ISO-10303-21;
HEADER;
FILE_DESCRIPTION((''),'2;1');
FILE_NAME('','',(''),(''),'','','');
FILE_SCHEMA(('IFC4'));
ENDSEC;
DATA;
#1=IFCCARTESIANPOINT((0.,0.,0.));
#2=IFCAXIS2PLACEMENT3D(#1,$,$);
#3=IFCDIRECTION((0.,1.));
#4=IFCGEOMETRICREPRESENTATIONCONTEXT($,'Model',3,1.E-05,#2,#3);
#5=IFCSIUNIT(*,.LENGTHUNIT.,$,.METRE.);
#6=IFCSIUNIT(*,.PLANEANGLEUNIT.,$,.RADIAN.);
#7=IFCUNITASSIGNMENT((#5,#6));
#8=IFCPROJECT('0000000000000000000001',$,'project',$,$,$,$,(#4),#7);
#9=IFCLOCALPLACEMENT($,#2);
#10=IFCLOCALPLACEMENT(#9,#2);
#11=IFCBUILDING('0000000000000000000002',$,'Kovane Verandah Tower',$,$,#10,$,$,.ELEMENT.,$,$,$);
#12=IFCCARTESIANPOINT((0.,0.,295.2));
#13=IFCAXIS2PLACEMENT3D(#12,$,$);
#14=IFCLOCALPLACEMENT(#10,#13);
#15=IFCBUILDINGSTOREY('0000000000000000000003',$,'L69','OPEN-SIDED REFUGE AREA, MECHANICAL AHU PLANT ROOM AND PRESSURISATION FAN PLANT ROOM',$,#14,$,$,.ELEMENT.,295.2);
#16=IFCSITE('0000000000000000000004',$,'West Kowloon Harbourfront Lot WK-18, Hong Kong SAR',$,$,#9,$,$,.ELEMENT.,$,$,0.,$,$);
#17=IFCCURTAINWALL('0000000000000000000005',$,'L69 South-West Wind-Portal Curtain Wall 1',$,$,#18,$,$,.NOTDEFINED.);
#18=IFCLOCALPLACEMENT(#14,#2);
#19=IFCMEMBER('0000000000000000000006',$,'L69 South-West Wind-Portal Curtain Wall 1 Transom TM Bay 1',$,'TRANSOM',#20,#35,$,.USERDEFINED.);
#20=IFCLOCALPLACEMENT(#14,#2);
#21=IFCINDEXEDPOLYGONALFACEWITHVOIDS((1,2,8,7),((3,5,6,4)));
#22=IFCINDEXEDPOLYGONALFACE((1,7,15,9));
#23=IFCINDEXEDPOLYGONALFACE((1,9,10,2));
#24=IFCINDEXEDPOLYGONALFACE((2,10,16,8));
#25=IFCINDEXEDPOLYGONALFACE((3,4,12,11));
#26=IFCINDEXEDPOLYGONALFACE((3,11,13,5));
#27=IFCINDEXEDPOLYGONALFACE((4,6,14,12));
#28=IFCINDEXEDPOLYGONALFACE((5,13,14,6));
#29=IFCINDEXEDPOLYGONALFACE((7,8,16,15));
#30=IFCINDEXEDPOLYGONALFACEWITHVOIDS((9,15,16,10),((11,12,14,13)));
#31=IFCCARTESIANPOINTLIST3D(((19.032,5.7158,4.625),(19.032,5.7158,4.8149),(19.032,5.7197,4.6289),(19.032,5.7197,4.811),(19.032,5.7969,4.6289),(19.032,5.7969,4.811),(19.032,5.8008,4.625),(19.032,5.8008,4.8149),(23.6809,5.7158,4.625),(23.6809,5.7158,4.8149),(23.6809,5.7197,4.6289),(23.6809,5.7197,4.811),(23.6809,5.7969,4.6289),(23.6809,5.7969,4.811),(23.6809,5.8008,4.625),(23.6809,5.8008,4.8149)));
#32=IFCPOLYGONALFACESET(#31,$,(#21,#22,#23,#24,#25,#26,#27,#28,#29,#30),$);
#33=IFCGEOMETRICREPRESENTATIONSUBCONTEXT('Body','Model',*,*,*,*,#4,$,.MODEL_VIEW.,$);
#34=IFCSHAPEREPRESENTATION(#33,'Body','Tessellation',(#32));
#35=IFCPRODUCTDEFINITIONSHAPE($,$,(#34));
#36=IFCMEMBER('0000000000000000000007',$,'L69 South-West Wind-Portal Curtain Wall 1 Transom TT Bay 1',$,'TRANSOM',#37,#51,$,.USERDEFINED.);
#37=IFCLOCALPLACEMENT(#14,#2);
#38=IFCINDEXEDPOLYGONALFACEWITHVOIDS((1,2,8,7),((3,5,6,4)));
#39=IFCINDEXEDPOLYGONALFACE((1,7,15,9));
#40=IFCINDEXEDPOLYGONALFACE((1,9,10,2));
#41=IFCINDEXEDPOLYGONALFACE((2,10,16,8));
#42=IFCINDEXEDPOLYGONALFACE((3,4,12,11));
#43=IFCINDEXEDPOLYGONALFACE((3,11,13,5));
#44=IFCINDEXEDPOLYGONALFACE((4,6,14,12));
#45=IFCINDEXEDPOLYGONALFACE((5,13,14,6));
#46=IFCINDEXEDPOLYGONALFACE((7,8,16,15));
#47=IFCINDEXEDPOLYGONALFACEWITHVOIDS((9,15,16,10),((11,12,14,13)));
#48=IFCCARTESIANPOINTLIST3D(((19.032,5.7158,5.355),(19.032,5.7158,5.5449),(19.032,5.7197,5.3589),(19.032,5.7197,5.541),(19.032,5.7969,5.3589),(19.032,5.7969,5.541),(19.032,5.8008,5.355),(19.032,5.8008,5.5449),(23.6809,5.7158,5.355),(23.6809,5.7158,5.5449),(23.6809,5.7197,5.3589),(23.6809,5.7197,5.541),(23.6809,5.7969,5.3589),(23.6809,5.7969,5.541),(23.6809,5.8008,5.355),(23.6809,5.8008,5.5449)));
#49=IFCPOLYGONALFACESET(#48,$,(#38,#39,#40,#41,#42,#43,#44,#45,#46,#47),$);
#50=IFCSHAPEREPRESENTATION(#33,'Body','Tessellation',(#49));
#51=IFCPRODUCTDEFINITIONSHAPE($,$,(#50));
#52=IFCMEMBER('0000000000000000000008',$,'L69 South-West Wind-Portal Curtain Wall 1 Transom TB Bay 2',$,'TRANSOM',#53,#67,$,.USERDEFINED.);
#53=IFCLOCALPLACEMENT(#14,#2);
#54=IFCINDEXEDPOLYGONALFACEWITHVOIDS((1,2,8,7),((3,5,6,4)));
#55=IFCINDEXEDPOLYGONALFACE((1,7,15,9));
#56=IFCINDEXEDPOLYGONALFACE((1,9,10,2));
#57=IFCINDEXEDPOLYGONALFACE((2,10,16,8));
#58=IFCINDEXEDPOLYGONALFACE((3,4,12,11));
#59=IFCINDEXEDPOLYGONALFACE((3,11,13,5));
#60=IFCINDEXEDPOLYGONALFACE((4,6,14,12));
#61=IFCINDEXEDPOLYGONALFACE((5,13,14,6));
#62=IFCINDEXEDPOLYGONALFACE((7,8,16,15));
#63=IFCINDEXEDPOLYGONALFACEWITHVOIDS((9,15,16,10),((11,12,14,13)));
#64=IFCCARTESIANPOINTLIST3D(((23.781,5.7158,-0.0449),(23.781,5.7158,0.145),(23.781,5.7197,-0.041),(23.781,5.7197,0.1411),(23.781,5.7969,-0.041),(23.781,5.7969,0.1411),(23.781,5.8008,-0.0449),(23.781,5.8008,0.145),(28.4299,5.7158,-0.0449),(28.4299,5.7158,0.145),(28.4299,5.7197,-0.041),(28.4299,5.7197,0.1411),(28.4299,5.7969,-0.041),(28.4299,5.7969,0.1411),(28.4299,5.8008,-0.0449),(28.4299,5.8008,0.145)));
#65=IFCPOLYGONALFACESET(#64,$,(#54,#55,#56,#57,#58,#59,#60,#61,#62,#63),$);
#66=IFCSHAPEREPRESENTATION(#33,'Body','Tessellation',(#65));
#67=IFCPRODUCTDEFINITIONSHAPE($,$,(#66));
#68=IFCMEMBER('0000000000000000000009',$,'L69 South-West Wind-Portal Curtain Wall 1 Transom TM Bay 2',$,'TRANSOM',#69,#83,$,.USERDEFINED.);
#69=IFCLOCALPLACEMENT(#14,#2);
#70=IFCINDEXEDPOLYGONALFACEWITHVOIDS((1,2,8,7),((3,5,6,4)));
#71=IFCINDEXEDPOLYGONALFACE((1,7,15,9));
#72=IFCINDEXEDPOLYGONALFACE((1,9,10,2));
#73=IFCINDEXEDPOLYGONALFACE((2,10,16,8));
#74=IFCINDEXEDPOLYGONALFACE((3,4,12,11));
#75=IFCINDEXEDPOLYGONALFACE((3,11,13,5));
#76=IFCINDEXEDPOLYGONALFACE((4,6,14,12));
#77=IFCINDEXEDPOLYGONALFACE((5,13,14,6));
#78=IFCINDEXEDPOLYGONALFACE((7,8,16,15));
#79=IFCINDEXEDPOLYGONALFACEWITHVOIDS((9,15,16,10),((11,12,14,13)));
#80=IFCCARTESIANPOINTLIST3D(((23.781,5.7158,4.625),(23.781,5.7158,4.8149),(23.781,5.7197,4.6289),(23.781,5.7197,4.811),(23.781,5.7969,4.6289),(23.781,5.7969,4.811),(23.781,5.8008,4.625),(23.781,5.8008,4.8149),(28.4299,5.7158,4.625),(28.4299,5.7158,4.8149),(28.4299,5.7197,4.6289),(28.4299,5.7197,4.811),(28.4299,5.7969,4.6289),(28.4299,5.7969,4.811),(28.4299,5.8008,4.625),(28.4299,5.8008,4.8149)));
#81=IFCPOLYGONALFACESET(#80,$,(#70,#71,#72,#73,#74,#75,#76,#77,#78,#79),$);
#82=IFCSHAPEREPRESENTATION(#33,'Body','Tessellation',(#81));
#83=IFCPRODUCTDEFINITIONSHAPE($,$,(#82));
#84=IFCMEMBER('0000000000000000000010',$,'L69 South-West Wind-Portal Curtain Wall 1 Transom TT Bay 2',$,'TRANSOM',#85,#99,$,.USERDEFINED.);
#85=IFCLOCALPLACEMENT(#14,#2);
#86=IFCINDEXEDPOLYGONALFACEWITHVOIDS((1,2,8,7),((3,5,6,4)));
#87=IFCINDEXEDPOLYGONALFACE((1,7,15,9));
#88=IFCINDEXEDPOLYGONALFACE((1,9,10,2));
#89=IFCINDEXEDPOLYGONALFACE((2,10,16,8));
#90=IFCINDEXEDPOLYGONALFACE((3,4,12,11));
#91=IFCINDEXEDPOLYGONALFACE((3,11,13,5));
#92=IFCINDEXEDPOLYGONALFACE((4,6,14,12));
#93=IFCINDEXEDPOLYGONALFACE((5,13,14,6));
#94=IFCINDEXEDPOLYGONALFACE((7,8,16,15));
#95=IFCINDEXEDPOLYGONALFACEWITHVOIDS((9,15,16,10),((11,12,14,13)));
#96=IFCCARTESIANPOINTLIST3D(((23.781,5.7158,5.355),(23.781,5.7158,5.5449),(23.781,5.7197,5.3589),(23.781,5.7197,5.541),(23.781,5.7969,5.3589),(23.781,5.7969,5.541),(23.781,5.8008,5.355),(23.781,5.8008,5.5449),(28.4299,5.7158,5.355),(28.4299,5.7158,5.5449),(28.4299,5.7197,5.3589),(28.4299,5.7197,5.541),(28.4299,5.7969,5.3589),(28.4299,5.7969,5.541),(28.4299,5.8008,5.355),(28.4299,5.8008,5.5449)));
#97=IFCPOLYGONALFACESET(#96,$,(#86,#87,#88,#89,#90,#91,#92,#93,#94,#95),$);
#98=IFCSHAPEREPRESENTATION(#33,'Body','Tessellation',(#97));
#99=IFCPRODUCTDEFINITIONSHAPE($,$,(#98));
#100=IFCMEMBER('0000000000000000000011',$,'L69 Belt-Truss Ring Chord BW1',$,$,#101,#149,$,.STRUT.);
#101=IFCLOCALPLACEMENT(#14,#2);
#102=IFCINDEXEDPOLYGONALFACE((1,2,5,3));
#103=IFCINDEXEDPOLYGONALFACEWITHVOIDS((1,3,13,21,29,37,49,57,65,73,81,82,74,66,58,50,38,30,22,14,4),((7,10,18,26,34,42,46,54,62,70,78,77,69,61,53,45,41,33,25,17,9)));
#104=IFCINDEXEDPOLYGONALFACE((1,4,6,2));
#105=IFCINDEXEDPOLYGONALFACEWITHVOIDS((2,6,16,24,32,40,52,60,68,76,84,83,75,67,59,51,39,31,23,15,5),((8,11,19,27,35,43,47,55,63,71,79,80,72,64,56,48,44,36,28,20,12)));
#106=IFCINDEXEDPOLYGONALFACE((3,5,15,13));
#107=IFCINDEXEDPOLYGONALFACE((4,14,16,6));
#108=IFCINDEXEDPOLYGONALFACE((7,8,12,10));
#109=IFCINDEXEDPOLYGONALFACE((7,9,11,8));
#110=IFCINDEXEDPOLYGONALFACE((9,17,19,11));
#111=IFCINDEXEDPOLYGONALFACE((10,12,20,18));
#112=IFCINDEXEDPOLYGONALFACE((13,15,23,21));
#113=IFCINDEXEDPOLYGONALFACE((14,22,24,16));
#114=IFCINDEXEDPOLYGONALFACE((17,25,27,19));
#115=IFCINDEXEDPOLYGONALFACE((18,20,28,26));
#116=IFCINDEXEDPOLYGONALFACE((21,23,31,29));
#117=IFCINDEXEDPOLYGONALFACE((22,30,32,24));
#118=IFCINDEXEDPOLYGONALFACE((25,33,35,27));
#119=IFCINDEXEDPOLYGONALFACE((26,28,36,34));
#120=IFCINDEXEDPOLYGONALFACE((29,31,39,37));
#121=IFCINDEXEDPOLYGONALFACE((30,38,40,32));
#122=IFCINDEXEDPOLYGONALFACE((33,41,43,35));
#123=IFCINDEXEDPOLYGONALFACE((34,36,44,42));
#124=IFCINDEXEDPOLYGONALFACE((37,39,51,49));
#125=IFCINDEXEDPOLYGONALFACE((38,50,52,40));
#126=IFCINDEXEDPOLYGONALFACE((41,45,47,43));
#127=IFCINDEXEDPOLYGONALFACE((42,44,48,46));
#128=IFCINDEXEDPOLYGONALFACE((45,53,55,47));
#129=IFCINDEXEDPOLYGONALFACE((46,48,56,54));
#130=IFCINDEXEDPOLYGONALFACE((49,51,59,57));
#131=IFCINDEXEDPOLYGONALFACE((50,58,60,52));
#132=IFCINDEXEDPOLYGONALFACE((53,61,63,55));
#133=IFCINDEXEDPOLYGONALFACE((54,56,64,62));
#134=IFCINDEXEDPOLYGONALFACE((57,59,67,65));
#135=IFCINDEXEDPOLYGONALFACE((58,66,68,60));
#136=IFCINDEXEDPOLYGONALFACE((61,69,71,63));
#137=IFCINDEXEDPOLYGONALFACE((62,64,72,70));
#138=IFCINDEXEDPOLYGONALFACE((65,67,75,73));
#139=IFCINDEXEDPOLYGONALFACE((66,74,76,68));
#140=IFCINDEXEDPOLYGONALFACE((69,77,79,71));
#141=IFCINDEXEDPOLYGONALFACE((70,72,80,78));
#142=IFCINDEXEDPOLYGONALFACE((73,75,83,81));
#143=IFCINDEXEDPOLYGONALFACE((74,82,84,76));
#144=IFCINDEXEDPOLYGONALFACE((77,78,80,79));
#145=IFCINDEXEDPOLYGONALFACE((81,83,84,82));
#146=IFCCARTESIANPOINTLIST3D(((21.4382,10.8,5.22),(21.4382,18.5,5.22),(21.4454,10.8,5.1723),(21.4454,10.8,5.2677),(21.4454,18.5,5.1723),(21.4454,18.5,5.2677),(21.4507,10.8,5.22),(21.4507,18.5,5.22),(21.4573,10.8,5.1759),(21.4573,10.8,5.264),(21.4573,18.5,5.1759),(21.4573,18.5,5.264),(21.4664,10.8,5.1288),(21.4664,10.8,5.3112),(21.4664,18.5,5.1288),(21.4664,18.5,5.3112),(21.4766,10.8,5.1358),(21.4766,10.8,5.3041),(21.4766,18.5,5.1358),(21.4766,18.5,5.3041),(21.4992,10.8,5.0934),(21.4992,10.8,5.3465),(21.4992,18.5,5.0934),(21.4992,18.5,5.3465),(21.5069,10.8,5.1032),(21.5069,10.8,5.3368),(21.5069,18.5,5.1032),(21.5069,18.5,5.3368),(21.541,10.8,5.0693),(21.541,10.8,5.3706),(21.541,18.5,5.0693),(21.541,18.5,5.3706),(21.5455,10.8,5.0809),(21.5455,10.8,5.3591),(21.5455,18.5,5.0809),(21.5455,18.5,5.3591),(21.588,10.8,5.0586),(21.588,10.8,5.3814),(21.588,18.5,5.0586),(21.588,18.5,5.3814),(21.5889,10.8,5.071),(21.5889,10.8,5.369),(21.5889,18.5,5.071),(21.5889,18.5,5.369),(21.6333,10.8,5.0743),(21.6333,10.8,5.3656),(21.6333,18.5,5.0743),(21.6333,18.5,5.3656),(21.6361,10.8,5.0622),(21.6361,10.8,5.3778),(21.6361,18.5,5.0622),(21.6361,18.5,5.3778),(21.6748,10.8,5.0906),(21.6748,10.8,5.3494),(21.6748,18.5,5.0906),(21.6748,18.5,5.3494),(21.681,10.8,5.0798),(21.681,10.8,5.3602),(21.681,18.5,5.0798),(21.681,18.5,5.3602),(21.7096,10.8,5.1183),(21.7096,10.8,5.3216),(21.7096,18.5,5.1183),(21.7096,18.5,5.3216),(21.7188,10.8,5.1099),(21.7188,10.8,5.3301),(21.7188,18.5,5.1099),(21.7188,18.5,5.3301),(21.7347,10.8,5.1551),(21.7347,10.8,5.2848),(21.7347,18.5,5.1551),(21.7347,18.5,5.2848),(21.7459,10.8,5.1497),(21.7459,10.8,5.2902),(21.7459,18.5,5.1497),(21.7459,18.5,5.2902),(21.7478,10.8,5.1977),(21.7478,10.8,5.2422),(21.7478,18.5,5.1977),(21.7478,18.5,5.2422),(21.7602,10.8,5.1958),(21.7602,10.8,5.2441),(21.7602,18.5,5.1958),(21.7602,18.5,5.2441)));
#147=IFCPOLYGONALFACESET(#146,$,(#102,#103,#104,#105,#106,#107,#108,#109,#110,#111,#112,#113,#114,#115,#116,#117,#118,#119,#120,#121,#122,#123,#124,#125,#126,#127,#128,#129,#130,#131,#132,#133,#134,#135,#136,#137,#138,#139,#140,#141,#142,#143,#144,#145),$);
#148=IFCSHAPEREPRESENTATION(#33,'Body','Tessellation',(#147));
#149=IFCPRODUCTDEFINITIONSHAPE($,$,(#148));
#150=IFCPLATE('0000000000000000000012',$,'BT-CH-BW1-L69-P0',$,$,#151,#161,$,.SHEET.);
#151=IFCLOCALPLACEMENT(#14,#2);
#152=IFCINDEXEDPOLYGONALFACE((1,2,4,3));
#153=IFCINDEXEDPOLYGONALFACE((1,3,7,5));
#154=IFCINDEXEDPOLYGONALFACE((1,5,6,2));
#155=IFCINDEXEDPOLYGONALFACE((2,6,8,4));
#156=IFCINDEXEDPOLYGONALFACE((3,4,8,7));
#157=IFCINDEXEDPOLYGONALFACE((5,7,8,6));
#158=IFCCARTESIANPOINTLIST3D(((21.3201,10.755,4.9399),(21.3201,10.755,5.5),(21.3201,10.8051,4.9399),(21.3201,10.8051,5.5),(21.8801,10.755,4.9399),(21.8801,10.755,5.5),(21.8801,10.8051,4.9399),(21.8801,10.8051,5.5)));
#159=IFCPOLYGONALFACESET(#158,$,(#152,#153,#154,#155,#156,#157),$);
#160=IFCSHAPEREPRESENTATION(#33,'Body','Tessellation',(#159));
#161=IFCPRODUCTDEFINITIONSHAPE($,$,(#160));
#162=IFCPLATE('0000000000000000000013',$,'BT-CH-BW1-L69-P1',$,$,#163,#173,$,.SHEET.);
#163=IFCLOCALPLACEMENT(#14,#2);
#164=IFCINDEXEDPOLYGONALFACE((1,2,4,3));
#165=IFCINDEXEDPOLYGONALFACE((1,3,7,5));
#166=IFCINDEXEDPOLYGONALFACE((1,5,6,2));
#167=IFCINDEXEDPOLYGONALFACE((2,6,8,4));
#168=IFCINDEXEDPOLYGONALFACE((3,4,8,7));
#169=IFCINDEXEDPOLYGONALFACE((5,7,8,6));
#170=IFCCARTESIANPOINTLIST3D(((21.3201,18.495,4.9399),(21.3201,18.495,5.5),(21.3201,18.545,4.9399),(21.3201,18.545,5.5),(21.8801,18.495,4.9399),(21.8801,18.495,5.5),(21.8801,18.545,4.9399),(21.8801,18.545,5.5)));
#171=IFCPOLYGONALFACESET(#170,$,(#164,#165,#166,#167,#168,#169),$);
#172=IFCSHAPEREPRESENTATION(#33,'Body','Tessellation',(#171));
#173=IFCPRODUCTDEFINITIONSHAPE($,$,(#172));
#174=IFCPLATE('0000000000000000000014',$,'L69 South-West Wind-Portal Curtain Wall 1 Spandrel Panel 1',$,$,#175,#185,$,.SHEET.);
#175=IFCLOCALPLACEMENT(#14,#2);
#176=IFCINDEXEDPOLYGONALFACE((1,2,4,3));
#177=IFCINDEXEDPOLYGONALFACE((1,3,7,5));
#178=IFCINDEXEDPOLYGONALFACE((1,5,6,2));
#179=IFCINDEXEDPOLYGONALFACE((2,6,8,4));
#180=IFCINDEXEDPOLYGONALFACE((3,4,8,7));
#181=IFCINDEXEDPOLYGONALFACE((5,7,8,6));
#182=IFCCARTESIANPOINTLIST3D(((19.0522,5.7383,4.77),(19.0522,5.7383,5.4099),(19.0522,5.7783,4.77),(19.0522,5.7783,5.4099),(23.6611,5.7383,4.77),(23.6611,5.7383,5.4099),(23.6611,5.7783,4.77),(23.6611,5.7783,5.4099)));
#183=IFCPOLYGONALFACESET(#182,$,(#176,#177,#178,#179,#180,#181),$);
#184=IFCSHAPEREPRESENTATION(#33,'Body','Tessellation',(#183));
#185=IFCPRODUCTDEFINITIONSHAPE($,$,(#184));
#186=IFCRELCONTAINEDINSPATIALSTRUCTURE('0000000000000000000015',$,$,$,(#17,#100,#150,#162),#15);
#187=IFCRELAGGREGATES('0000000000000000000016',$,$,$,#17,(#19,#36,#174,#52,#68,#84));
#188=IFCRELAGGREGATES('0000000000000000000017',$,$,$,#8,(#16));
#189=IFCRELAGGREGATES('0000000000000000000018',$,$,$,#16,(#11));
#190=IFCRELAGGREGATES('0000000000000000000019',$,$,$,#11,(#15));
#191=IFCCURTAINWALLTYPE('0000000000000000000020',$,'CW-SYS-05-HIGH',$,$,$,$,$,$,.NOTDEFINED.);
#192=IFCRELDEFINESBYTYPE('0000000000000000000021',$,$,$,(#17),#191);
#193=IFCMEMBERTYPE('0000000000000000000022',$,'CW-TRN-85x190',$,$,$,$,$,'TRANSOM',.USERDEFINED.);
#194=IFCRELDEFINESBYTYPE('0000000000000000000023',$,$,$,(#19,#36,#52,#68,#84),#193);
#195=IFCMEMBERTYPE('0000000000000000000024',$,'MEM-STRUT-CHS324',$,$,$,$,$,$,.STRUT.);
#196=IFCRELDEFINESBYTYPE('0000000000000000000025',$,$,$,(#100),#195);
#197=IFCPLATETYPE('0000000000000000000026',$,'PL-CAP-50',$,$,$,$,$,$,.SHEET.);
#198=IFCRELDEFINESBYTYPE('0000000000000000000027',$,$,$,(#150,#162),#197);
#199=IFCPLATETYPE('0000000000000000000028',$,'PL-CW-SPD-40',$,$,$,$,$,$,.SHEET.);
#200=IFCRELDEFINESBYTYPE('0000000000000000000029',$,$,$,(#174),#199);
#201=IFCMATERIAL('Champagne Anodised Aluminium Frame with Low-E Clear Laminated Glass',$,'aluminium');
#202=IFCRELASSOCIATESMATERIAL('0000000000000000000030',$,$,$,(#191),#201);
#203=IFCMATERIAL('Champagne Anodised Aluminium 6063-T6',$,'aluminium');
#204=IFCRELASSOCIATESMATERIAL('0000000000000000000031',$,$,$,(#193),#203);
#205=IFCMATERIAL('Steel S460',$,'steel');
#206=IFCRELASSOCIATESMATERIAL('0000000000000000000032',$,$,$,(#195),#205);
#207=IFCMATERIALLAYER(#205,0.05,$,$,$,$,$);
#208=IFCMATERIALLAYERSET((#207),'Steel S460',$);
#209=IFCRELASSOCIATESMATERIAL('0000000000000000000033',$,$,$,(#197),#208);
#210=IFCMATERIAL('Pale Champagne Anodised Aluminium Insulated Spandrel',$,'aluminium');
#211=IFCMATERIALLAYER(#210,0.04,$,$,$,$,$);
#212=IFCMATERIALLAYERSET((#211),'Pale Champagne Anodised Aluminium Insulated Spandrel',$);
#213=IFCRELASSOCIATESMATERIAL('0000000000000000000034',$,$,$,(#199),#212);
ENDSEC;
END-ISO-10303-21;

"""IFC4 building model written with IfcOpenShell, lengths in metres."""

from ifc_helpers import new_model, si_unit, direction, frame, origin, origin_2d, place, context, subcontext, project, spatial, rectangle, hollow_rectangle, hollow_circle, extrude, material, layer, layer_set, material_profile, profile_set, type_object, element, aggregate, save


model = new_model("IFC4")

# Units and contexts
model_context = context("Model", 3, precision=1e-05, world=origin(), true_north=direction((0.0, 1.0)))
body_context = subcontext(model_context, "Body", "Model", "MODEL_VIEW")
ifc_project = project(units=[si_unit("LENGTHUNIT", "METRE"), si_unit("PLANEANGLEUNIT", "RADIAN")], contexts=[model_context])

# Site, building, storey
site_placement = place(None, origin())
site = spatial("IfcSite", under=ifc_project, at=site_placement, Name="West Kowloon Harbourfront Lot WK-18, Hong Kong SAR", CompositionType="ELEMENT", RefElevation=0.0)
building_placement = place(site_placement, origin())
building = spatial("IfcBuilding", under=site, at=building_placement, Name="Kovane Verandah Tower", CompositionType="ELEMENT")
storey_placement = place(building_placement, frame((0.0, 0.0, 295.2)))
storey = spatial("IfcBuildingStorey", under=building, at=storey_placement, Name="L69", Description="OPEN-SIDED REFUGE AREA, MECHANICAL AHU PLANT ROOM AND PRESSURISATION FAN PLANT ROOM", CompositionType="ELEMENT", Elevation=295.2)

# Shared definitions
ifc_material_1 = material(Name="Steel S460", Category="steel")

# Curtain wall, members
ifc_material_2 = material(Name="Champagne Anodised Aluminium Frame with Low-E Clear Laminated Glass", Category="aluminium")
curtain_wall_type = type_object("IfcCurtainWallType", Name="CW-SYS-05-HIGH", PredefinedType="NOTDEFINED", material=ifc_material_2)
curtain_wall_placement = place(storey_placement, origin())
curtain_wall = element("IfcCurtainWall", 1, at=curtain_wall_placement, inside=storey, type_object=curtain_wall_type, Name="L69 South-West Wind-Portal Curtain Wall 1", PredefinedType="NOTDEFINED")
ifc_material_3 = material(Name="Champagne Anodised Aluminium 6063-T6", Category="aluminium")
ifc_material_profile_1 = material_profile(ifc_material_3, hollow_rectangle(XDim=0.085, YDim=0.1899, WallThickness=0.0039, at=origin_2d()), Name="AL85x190x4")
ifc_profile_set_1 = profile_set([ifc_material_profile_1], Name="Champagne Anodised Aluminium 6063-T6")
member_type_1 = type_object("IfcMemberType", Name="CW-TRN-85x190", ElementType="TRANSOM", PredefinedType="USERDEFINED", material=ifc_profile_set_1)
member_1_placement = place(storey_placement, frame((19.032, 5.7583, 4.72), z_axis=(1.0, 0.0, 0.0), x_axis=(0.0, 1.0, 0.0)))
member_1 = element("IfcMember", 2, at=member_1_placement, type_object=member_type_1, Name="L69 South-West Wind-Portal Curtain Wall 1 Transom TM Bay 1", ObjectType="TRANSOM", PredefinedType="USERDEFINED", context=body_context, shape_type="SweptSolid", body=[
    extrude(hollow_rectangle(XDim=0.085, YDim=0.1899, WallThickness=0.0039, at=origin_2d()), origin(), (0.0, 0.0, 1.0), 4.6489),
])
member_2_placement = place(storey_placement, frame((19.032, 5.7583, 5.45), z_axis=(1.0, 0.0, 0.0), x_axis=(0.0, 1.0, 0.0)))
member_2 = element("IfcMember", 3, at=member_2_placement, type_object=member_type_1, Name="L69 South-West Wind-Portal Curtain Wall 1 Transom TT Bay 1", ObjectType="TRANSOM", PredefinedType="USERDEFINED", context=body_context, shape_type="SweptSolid", body=[
    extrude(hollow_rectangle(XDim=0.085, YDim=0.1899, WallThickness=0.0039, at=origin_2d()), origin(), (0.0, 0.0, 1.0), 4.6489),
])
member_3_placement = place(storey_placement, frame((23.781, 5.7583, 0.05), z_axis=(1.0, 0.0, 0.0), x_axis=(0.0, 1.0, 0.0)))
member_3 = element("IfcMember", 4, at=member_3_placement, type_object=member_type_1, Name="L69 South-West Wind-Portal Curtain Wall 1 Transom TB Bay 2", ObjectType="TRANSOM", PredefinedType="USERDEFINED", context=body_context, shape_type="SweptSolid", body=[
    extrude(hollow_rectangle(XDim=0.085, YDim=0.1899, WallThickness=0.0039, at=origin_2d()), origin(), (0.0, 0.0, 1.0), 4.6489),
])
member_4_placement = place(storey_placement, frame((23.781, 5.7583, 4.72), z_axis=(1.0, 0.0, 0.0), x_axis=(0.0, 1.0, 0.0)))
member_4 = element("IfcMember", 5, at=member_4_placement, type_object=member_type_1, Name="L69 South-West Wind-Portal Curtain Wall 1 Transom TM Bay 2", ObjectType="TRANSOM", PredefinedType="USERDEFINED", context=body_context, shape_type="SweptSolid", body=[
    extrude(hollow_rectangle(XDim=0.085, YDim=0.1899, WallThickness=0.0039, at=origin_2d()), origin(), (0.0, 0.0, 1.0), 4.6489),
])
member_5_placement = place(storey_placement, frame((23.781, 5.7583, 5.45), z_axis=(1.0, 0.0, 0.0), x_axis=(0.0, 1.0, 0.0)))
member_5 = element("IfcMember", 6, at=member_5_placement, type_object=member_type_1, Name="L69 South-West Wind-Portal Curtain Wall 1 Transom TT Bay 2", ObjectType="TRANSOM", PredefinedType="USERDEFINED", context=body_context, shape_type="SweptSolid", body=[
    extrude(hollow_rectangle(XDim=0.085, YDim=0.1899, WallThickness=0.0039, at=origin_2d()), origin(), (0.0, 0.0, 1.0), 4.6489),
])

# Member
ifc_material_profile_2 = material_profile(ifc_material_1, hollow_circle(Radius=0.1619, WallThickness=0.0125, at=origin_2d()), Name="CHS323.9x12.5")
ifc_profile_set_2 = profile_set([ifc_material_profile_2], Name="Steel S460")
member_type_2 = type_object("IfcMemberType", Name="MEM-STRUT-CHS324", PredefinedType="STRUT", material=ifc_profile_set_2)
member_6_placement = place(storey_placement, frame((21.6001, 10.8, 5.22), z_axis=(0.0, 1.0, 0.0), x_axis=(-1.0, 0.0, 0.0)))
element("IfcMember", 7, at=member_6_placement, inside=storey, type_object=member_type_2, Name="L69 Belt-Truss Ring Chord BW1", PredefinedType="STRUT", context=body_context, shape_type="SweptSolid", body=[
    extrude(hollow_circle(Radius=0.1619, WallThickness=0.0125, at=origin_2d()), origin(), (0.0, 0.0, 1.0), 7.7),
])

# Plates
ifc_layer_1 = layer(ifc_material_1, 0.05)
ifc_layer_set_1 = layer_set([ifc_layer_1], Name="Steel S460")
plate_type_1 = type_object("IfcPlateType", Name="PL-CAP-50", PredefinedType="SHEET", material=ifc_layer_set_1)
for number, where, z_axis, x_axis, name in (
    (8, (21.6001, 10.78, 4.9399), (0.0, 0.0, 1.0), (0.0, 1.0, 0.0), "BT-CH-BW1-L69-P0"),
    (9, (21.6001, 18.52, 4.9399), (0.0, 0.0, 1.0), (0.0, 1.0, 0.0), "BT-CH-BW1-L69-P1"),
):
    element("IfcPlate", number, at=place(storey_placement, frame(where, z_axis=z_axis, x_axis=x_axis)), inside=storey, type_object=plate_type_1, Name=name, PredefinedType="SHEET", context=body_context, shape_type="SweptSolid", body=[
        extrude(rectangle(XDim=0.05, YDim=0.5601, at=origin_2d()), origin(), (0.0, 0.0, 1.0), 0.5601),
    ])

# Plate
ifc_material_4 = material(Name="Pale Champagne Anodised Aluminium Insulated Spandrel", Category="aluminium")
ifc_layer_2 = layer(ifc_material_4, 0.04)
ifc_layer_set_2 = layer_set([ifc_layer_2], Name="Pale Champagne Anodised Aluminium Insulated Spandrel")
plate_type_2 = type_object("IfcPlateType", Name="PL-CW-SPD-40", PredefinedType="SHEET", material=ifc_layer_set_2)
plate_1_placement = place(storey_placement, frame((21.3567, 5.7583, 4.77), z_axis=(0.0, 0.0, 1.0), x_axis=(1.0, 0.0, 0.0)))
plate_1 = element("IfcPlate", 10, at=plate_1_placement, type_object=plate_type_2, Name="L69 South-West Wind-Portal Curtain Wall 1 Spandrel Panel 1", PredefinedType="SHEET", context=body_context, shape_type="SweptSolid", body=[
    extrude(rectangle(XDim=4.6089, YDim=0.04, at=origin_2d()), origin(), (0.0, 0.0, 1.0), 0.6399),
])
aggregate(curtain_wall, [member_1, member_2, plate_1, member_3, member_4, member_5])

save(model, "model.ifc")
